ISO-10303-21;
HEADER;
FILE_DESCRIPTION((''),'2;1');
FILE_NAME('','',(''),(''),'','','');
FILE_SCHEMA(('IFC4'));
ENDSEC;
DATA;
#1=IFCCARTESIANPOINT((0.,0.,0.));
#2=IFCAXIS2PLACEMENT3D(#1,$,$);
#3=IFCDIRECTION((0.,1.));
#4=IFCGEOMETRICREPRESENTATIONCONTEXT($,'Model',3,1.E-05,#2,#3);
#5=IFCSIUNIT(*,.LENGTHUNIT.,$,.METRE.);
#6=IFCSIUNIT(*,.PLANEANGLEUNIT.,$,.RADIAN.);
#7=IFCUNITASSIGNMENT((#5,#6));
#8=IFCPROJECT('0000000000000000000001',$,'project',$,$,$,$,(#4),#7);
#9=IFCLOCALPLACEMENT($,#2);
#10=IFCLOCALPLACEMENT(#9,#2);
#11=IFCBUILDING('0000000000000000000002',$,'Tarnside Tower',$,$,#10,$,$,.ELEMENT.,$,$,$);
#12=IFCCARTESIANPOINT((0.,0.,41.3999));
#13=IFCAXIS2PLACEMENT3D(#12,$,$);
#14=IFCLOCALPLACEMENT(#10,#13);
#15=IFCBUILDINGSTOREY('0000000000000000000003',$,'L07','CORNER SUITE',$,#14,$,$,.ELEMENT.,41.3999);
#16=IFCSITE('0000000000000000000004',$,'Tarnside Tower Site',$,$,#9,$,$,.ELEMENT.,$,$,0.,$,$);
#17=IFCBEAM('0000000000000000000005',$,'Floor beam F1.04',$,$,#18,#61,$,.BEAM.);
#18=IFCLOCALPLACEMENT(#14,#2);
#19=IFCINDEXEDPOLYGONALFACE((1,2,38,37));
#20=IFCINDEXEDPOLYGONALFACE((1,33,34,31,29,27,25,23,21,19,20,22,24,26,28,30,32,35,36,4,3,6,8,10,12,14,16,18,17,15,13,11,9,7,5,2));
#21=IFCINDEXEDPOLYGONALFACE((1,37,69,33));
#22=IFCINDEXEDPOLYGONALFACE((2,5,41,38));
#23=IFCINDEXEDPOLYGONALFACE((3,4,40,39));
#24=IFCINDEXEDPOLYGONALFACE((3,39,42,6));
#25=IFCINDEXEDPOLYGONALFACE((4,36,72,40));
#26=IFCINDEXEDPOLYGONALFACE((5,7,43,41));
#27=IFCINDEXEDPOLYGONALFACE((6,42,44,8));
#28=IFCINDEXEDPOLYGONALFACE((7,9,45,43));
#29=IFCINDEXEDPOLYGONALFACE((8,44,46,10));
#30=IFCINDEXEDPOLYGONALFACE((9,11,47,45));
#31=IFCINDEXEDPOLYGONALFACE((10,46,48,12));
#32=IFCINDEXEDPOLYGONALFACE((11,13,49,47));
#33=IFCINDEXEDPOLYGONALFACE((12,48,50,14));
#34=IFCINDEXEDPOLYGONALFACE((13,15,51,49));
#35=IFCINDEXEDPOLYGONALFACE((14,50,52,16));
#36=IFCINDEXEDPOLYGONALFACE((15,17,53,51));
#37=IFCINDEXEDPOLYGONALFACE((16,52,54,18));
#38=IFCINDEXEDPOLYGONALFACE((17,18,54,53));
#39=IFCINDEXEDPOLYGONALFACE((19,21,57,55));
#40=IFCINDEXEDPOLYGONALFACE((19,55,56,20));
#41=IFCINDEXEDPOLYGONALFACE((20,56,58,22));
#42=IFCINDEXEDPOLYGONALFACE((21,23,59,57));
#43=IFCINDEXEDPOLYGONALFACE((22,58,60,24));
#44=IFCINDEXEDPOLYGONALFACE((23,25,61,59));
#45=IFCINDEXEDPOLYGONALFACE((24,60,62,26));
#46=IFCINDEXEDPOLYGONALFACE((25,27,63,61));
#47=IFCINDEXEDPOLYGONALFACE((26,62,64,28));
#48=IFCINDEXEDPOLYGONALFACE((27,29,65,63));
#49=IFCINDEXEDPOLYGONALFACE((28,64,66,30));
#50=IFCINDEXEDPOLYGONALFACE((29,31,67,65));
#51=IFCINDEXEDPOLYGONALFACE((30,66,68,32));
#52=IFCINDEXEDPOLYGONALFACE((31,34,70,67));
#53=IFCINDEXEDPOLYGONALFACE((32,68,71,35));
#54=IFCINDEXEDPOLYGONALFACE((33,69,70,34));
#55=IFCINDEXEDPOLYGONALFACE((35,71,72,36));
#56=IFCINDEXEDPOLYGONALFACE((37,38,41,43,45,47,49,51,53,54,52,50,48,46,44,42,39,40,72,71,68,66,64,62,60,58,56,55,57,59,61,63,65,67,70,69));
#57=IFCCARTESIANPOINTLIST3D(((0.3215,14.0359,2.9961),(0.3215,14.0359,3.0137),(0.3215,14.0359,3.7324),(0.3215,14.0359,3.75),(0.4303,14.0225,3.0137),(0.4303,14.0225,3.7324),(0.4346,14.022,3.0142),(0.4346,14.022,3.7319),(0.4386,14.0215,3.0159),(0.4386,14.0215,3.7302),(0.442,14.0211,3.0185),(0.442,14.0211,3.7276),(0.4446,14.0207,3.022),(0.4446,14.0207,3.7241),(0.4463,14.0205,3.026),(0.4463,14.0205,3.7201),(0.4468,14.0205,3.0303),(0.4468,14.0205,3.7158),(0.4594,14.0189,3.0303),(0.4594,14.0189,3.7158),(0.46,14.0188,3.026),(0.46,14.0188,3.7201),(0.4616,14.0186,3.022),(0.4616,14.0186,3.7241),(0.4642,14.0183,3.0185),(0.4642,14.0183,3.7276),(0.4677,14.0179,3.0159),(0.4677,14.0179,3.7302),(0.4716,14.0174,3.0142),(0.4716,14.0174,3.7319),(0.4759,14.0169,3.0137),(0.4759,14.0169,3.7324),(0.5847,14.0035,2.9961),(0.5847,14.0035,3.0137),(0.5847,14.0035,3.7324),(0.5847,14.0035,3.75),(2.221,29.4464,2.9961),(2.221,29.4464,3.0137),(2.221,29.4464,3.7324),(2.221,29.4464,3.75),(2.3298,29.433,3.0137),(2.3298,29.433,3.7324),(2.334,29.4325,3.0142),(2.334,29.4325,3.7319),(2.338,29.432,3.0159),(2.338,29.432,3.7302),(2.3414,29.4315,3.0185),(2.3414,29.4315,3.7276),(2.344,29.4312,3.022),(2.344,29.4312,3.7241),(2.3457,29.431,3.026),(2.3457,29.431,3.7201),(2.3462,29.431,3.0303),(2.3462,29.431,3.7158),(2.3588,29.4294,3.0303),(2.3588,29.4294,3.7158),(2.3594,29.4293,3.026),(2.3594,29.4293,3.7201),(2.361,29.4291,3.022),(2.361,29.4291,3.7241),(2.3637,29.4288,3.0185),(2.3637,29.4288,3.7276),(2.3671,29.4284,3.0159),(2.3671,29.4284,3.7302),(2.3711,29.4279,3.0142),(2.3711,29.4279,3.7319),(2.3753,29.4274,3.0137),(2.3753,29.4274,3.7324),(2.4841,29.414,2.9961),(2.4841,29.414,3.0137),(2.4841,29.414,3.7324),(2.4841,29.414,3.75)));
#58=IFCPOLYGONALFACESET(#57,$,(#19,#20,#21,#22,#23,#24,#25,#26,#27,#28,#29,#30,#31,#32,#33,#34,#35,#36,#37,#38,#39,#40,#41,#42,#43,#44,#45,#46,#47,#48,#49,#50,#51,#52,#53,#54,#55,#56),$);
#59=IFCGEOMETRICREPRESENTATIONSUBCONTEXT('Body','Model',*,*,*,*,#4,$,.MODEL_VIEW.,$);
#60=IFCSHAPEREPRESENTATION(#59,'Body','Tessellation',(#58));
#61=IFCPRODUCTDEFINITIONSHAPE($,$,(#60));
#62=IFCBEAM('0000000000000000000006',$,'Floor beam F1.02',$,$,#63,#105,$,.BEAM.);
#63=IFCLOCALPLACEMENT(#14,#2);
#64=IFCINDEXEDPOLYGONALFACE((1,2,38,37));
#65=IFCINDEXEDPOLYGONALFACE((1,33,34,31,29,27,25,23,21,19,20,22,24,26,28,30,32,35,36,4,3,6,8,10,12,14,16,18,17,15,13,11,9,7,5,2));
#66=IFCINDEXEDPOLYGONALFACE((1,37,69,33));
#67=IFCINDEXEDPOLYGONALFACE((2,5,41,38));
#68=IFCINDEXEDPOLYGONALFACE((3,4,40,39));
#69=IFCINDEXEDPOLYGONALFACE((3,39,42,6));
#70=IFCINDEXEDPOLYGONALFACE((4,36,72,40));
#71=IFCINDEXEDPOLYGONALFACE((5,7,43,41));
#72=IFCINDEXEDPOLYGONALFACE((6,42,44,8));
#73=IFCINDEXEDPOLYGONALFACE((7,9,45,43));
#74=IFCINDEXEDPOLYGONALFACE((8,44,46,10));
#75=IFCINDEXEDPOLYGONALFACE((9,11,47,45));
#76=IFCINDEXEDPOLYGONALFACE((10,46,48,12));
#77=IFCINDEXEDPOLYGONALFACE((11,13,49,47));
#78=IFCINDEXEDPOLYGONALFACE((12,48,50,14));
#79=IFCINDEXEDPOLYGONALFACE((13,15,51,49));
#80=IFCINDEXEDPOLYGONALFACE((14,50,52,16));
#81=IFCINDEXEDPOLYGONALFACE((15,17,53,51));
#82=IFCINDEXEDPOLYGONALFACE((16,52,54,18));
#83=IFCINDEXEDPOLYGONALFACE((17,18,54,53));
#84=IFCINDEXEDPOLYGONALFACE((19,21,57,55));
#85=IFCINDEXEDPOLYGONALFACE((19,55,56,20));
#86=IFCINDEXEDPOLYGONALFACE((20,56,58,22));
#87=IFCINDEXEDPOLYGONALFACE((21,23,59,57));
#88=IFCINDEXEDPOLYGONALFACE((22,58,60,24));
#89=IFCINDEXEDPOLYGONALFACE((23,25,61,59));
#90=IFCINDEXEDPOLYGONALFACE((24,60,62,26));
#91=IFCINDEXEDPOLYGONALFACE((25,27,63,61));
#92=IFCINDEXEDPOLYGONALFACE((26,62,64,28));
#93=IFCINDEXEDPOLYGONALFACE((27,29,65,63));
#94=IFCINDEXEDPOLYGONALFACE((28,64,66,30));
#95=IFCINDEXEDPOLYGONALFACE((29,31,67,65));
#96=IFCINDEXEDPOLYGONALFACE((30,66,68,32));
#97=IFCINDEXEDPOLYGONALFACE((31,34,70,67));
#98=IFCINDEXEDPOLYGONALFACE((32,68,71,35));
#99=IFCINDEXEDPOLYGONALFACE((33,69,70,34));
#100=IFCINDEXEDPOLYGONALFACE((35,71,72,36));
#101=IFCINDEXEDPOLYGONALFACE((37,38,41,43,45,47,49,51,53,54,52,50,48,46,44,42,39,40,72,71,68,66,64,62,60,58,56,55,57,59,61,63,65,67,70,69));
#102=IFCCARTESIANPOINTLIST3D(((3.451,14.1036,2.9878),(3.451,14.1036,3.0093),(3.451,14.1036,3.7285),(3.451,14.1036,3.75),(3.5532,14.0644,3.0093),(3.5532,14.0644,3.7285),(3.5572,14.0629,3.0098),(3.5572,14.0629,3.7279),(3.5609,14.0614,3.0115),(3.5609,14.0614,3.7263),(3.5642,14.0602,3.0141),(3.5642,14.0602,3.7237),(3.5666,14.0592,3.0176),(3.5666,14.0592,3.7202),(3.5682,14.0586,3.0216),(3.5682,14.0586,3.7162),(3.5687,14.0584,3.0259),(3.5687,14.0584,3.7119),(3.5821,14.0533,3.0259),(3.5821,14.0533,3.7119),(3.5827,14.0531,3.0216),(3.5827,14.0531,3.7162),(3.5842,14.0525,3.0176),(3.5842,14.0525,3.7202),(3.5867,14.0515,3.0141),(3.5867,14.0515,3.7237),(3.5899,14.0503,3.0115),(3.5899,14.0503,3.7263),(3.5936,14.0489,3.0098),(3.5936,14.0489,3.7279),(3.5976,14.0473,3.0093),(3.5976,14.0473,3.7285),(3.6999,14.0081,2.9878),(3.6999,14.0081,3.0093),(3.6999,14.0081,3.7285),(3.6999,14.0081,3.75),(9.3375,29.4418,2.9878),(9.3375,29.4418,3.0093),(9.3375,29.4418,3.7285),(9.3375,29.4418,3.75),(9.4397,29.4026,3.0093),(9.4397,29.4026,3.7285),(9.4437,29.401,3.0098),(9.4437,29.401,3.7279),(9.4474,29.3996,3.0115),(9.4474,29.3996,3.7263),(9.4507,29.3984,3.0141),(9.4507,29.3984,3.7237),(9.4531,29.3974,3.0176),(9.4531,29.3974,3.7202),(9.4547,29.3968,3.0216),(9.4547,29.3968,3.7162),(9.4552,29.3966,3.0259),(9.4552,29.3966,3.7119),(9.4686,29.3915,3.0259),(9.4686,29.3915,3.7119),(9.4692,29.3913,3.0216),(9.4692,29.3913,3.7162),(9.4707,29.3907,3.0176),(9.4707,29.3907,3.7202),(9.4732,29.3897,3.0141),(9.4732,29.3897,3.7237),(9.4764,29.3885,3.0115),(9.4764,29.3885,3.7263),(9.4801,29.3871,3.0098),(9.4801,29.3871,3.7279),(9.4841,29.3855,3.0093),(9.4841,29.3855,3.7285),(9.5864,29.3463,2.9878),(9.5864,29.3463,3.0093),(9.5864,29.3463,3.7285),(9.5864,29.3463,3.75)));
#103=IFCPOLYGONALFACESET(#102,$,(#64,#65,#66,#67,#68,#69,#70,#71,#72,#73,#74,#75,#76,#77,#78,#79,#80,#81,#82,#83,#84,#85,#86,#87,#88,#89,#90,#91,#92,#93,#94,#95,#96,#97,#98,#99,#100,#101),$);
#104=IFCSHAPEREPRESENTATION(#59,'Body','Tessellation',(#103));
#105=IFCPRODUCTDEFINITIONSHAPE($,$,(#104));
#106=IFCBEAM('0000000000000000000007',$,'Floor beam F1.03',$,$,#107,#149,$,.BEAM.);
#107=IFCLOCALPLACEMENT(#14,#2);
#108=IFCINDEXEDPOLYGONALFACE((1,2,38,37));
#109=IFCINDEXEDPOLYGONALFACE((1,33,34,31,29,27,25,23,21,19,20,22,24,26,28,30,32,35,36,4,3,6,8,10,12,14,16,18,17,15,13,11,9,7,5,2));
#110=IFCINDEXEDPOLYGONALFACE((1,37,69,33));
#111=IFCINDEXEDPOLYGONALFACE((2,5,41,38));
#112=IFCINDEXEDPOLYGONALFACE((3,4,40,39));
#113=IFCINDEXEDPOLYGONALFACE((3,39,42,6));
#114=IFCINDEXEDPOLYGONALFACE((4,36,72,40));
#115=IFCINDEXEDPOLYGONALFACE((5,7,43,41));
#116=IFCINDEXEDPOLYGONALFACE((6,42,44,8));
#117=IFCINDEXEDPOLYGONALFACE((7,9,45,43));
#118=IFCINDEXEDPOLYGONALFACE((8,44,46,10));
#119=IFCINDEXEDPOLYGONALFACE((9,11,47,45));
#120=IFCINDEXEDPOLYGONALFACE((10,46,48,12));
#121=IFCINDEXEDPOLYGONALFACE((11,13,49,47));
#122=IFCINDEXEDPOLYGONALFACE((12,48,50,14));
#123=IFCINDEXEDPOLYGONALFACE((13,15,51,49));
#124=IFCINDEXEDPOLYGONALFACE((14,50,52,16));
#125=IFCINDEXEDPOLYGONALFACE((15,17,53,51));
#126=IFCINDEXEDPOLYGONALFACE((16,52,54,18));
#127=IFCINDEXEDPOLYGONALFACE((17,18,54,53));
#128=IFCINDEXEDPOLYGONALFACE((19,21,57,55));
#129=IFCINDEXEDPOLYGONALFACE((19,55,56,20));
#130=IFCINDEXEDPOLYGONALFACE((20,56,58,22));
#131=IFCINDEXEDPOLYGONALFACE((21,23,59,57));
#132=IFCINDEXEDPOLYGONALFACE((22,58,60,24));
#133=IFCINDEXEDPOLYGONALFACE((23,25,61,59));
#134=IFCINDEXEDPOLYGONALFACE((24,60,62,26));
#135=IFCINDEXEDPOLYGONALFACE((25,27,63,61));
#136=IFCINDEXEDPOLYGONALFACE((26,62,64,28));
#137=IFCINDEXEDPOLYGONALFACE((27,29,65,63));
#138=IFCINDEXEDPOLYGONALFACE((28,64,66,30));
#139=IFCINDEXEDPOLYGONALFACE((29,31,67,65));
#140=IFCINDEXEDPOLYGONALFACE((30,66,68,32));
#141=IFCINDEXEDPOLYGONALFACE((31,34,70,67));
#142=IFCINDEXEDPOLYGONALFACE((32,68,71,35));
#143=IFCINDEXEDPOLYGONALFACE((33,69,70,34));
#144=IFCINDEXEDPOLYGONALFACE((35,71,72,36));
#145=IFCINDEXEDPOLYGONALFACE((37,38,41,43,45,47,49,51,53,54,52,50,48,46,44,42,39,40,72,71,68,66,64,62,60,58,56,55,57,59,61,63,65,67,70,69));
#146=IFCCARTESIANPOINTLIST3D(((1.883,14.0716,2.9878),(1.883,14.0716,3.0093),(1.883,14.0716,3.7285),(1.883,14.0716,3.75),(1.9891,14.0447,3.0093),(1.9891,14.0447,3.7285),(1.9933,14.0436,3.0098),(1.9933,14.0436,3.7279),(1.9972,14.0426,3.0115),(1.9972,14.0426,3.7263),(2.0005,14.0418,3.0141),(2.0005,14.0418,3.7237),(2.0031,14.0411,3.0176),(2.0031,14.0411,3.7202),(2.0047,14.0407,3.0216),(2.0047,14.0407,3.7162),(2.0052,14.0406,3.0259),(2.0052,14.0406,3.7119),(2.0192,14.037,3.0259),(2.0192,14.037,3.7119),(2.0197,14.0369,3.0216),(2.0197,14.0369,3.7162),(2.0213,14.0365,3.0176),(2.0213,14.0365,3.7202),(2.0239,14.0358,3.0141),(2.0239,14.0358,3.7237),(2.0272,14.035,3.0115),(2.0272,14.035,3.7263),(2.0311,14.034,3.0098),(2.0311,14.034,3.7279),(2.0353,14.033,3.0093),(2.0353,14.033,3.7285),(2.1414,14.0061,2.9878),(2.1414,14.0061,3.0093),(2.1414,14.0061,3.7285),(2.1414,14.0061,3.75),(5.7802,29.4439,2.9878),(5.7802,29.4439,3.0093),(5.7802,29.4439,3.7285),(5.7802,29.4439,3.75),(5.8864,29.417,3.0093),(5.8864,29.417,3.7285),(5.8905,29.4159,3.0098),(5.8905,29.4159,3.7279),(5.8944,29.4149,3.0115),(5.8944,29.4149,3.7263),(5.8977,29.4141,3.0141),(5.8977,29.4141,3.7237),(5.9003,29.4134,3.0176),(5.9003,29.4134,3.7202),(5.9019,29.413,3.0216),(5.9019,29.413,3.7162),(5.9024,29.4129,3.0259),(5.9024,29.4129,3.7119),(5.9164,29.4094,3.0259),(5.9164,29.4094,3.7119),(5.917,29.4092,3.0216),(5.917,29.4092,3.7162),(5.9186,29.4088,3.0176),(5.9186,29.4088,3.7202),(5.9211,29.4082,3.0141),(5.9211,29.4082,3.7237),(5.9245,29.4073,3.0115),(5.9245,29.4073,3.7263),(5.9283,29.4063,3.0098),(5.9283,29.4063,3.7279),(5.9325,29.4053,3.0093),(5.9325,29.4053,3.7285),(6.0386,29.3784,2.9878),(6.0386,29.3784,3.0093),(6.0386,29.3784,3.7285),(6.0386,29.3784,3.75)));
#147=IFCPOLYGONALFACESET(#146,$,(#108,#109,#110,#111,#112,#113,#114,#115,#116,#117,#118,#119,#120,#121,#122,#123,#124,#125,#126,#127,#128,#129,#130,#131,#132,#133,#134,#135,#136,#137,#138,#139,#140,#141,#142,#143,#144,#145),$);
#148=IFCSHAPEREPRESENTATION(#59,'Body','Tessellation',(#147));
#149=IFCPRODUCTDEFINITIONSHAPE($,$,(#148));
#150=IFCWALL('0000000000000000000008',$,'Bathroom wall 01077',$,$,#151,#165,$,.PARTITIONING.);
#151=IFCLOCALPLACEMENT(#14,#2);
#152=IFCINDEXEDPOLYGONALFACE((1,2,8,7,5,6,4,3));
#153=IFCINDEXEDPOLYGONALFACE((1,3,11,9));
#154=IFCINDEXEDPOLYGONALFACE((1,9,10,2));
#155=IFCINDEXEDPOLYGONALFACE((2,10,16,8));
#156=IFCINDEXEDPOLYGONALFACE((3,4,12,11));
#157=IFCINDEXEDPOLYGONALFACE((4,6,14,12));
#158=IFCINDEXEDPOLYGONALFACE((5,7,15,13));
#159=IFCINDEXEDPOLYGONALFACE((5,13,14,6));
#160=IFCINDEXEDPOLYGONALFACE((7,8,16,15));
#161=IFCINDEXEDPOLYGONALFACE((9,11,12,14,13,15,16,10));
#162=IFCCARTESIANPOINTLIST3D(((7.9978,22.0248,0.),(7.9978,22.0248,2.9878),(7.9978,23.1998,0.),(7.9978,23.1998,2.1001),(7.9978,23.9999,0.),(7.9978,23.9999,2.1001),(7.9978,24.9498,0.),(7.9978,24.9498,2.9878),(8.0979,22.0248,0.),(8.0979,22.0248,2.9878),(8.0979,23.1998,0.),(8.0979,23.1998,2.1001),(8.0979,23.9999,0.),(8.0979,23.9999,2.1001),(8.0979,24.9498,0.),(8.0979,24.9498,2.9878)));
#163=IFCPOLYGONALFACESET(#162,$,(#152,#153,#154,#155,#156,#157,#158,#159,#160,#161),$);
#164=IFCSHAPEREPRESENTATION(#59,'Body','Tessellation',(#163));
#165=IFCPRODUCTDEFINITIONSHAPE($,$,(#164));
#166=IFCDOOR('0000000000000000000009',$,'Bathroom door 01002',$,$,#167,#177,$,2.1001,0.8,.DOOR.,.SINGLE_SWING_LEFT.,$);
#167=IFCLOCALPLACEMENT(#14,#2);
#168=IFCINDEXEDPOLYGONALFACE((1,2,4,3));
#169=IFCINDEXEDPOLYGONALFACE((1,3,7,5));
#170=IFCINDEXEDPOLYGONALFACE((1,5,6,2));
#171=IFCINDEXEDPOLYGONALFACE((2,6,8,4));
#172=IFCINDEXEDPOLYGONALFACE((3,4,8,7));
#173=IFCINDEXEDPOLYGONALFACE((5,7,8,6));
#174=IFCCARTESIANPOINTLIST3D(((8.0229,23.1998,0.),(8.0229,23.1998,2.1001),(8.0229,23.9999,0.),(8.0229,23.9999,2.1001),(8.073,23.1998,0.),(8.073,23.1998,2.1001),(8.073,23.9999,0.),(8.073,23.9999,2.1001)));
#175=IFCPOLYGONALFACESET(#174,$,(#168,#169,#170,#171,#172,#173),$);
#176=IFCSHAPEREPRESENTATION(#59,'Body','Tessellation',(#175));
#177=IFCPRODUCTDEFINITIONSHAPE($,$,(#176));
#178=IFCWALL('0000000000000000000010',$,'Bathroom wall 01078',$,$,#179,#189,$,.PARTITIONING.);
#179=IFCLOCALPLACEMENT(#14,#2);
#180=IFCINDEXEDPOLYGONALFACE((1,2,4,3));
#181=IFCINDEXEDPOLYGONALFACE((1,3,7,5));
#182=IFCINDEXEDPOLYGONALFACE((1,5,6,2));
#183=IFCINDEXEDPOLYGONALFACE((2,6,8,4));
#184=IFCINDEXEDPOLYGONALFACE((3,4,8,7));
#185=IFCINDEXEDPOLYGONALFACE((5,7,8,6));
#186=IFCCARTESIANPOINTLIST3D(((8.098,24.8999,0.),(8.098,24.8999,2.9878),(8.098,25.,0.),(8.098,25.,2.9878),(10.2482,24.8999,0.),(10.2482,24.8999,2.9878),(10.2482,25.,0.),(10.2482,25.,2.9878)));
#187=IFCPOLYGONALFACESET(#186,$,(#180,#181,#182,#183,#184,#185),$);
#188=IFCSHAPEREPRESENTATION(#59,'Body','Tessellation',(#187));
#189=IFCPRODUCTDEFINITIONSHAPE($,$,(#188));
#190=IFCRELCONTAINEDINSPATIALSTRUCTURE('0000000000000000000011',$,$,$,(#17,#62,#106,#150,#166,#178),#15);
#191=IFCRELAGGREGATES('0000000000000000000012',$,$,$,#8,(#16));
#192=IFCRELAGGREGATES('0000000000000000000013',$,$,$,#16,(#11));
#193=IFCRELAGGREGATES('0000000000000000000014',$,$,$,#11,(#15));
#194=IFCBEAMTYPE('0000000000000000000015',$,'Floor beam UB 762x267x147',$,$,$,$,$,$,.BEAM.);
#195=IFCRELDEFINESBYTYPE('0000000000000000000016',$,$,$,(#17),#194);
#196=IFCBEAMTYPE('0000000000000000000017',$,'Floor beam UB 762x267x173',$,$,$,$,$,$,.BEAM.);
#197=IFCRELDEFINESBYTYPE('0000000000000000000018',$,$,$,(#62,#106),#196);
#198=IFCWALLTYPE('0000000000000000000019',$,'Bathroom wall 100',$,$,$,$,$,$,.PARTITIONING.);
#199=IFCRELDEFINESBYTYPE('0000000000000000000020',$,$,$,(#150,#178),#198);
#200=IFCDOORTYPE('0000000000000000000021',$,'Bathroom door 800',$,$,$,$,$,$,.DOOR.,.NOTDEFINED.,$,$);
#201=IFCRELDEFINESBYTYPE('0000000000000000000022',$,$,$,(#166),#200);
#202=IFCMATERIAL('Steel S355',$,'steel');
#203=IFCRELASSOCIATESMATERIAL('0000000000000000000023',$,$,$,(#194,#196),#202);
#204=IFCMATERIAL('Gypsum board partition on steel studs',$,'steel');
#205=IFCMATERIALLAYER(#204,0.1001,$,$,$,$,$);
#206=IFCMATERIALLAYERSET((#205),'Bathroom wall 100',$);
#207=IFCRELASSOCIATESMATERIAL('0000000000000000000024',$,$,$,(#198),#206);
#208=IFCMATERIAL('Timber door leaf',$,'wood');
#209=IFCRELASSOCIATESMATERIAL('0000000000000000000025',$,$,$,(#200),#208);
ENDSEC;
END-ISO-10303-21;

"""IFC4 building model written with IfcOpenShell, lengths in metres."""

from ifc_helpers import new_model, si_unit, direction, frame, frame_2d, origin, origin_2d, place, context, subcontext, project, spatial, rectangle, i_section, extrude, material, layer, layer_set, material_profile, profile_set, type_object, element, fill, save


model = new_model("IFC4")

# Units and contexts
model_context = context("Model", 3, precision=1e-05, world=origin(), true_north=direction((0.0, 1.0)))
body_context = subcontext(model_context, "Body", "Model", "MODEL_VIEW")
ifc_project = project(units=[si_unit("LENGTHUNIT", "METRE"), si_unit("PLANEANGLEUNIT", "RADIAN")], contexts=[model_context])

# Site, building, storey
site_placement = place(None, origin())
site = spatial("IfcSite", under=ifc_project, at=site_placement, Name="Tarnside Tower Site", CompositionType="ELEMENT", RefElevation=0.0)
building_placement = place(site_placement, origin())
building = spatial("IfcBuilding", under=site, at=building_placement, Name="Tarnside Tower", CompositionType="ELEMENT")
storey_placement = place(building_placement, frame((0.0, 0.0, 41.3999)))
storey = spatial("IfcBuildingStorey", under=building, at=storey_placement, Name="L07", Description="CORNER SUITE", CompositionType="ELEMENT", Elevation=41.3999)

# Beams
ifc_material_1 = material(Name="Steel S355", Category="steel")
ifc_material_profile_1 = material_profile(ifc_material_1, i_section(OverallWidth=0.2651, OverallDepth=0.7539, WebThickness=0.0127, FlangeThickness=0.0176, FilletRadius=0.0166, at=origin_2d()), Name="UB 762x267x147")
ifc_profile_set_1 = profile_set([ifc_material_profile_1], Name="Steel S355")
beam_type_1 = type_object("IfcBeamType", Name="Floor beam UB 762x267x147", PredefinedType="BEAM", material=ifc_profile_set_1)
beam_1_placement = place(storey_placement, frame((2.3525, 29.4302, 3.373), z_axis=(-0.12233, -0.99249, 0.0), x_axis=(0.99249, -0.12233, 0.0)))
element("IfcBeam", 1, at=beam_1_placement, inside=storey, type_object=beam_type_1, Name="Floor beam F1.04", PredefinedType="BEAM", context=body_context, shape_type="SweptSolid", body=[
    extrude(i_section(OverallWidth=0.2651, OverallDepth=0.7539, WebThickness=0.0127, FlangeThickness=0.0176, FilletRadius=0.0166, at=origin_2d()), origin(), (0.0, 0.0, 1.0), 15.5271),
])
ifc_material_profile_2 = material_profile(ifc_material_1, i_section(OverallWidth=0.2666, OverallDepth=0.7622, WebThickness=0.0144, FlangeThickness=0.0215, FilletRadius=0.0166, at=origin_2d()), Name="UB 762x267x173")
ifc_profile_set_2 = profile_set([ifc_material_profile_2], Name="Steel S355")
beam_type_2 = type_object("IfcBeamType", Name="Floor beam UB 762x267x173", PredefinedType="BEAM", material=ifc_profile_set_2)
beam_2_placement = place(storey_placement, frame((9.4619, 29.394, 3.3689), z_axis=(-0.3583, -0.933607, 0.0), x_axis=(0.933607, -0.3583, 0.0)))
element("IfcBeam", 2, at=beam_2_placement, inside=storey, type_object=beam_type_2, Name="Floor beam F1.02", PredefinedType="BEAM", context=body_context, shape_type="SweptSolid", body=[
    extrude(i_section(OverallWidth=0.2666, OverallDepth=0.7622, WebThickness=0.0144, FlangeThickness=0.0215, FilletRadius=0.0166, at=origin_2d()), origin(), (0.0, 0.0, 1.0), 16.429),
])
beam_3_placement = place(storey_placement, frame((5.9094, 29.4111, 3.3689), z_axis=(-0.245747, -0.969334, 0.0), x_axis=(0.969334, -0.245747, 0.0)))
element("IfcBeam", 3, at=beam_3_placement, inside=storey, type_object=beam_type_2, Name="Floor beam F1.03", PredefinedType="BEAM", context=body_context, shape_type="SweptSolid", body=[
    extrude(i_section(OverallWidth=0.2666, OverallDepth=0.7622, WebThickness=0.0144, FlangeThickness=0.0215, FilletRadius=0.0166, at=origin_2d()), origin(), (0.0, 0.0, 1.0), 15.8586),
])

# Wall, opening, door
ifc_material_2 = material(Name="Gypsum board partition on steel studs", Category="steel")
ifc_layer_1 = layer(ifc_material_2, 0.1001)
ifc_layer_set_1 = layer_set([ifc_layer_1], Name="Bathroom wall 100")
wall_type_1 = type_object("IfcWallType", Name="Bathroom wall 100", PredefinedType="PARTITIONING", material=ifc_layer_set_1)
wall_1_placement = place(storey_placement, frame((8.0479, 22.0249, 0.0), z_axis=(0.0, 0.0, 1.0), x_axis=(0.0, 1.0, 0.0)))
wall_1 = element("IfcWall", 4, at=wall_1_placement, inside=storey, type_object=wall_type_1, Name="Bathroom wall 01077", PredefinedType="PARTITIONING", context=body_context, shape_type="SweptSolid", body=[
    extrude(rectangle(XDim=2.925, YDim=0.1001, at=frame_2d((1.4624, 0.0))), origin(), (0.0, 0.0, 1.0), 2.9878),
])
opening_1_placement = place(wall_1_placement, frame((1.175, 0.0, 0.0)))
opening_1 = element("IfcOpeningElement", 5, at=opening_1_placement, cuts=wall_1, PredefinedType="OPENING", context=body_context, shape_type="SweptSolid", body=[
    extrude(rectangle(XDim=0.8, YDim=2.1001, at=frame_2d((0.3999, 1.05))), frame((0.0, 0.0601, 0.0), z_axis=(0.0, -1.0, 0.0), x_axis=(1.0, 0.0, 0.0)), (0.0, 0.0, 1.0), 0.1201),
])
ifc_material_3 = material(Name="Timber door leaf", Category="wood")
door_type_1 = type_object("IfcDoorType", Name="Bathroom door 800", OperationType="NOTDEFINED", PredefinedType="DOOR", material=ifc_material_3)
door_1_placement = place(opening_1_placement, origin())
door_1 = element("IfcDoor", 6, at=door_1_placement, inside=storey, type_object=door_type_1, Name="Bathroom door 01002", OperationType="SINGLE_SWING_LEFT", OverallHeight=2.1001, OverallWidth=0.8, PredefinedType="DOOR", context=body_context, shape_type="SweptSolid", body=[
    extrude(rectangle(XDim=0.8, YDim=2.1001, at=frame_2d((0.3999, 1.05))), frame((0.0, 0.0249, 0.0), z_axis=(0.0, -1.0, 0.0), x_axis=(1.0, 0.0, 0.0)), (0.0, 0.0, 1.0), 0.05),
])
fill(opening_1, door_1)

# Wall
wall_2_placement = place(storey_placement, frame((8.0979, 24.95, 0.0), z_axis=(0.0, 0.0, 1.0), x_axis=(1.0, 0.0, 0.0)))
element("IfcWall", 7, at=wall_2_placement, inside=storey, type_object=wall_type_1, Name="Bathroom wall 01078", PredefinedType="PARTITIONING", context=body_context, shape_type="SweptSolid", body=[
    extrude(rectangle(XDim=2.1501, YDim=0.1001, at=frame_2d((1.0752, 0.0))), origin(), (0.0, 0.0, 1.0), 2.9878),
])

save(model, "model.ifc")
